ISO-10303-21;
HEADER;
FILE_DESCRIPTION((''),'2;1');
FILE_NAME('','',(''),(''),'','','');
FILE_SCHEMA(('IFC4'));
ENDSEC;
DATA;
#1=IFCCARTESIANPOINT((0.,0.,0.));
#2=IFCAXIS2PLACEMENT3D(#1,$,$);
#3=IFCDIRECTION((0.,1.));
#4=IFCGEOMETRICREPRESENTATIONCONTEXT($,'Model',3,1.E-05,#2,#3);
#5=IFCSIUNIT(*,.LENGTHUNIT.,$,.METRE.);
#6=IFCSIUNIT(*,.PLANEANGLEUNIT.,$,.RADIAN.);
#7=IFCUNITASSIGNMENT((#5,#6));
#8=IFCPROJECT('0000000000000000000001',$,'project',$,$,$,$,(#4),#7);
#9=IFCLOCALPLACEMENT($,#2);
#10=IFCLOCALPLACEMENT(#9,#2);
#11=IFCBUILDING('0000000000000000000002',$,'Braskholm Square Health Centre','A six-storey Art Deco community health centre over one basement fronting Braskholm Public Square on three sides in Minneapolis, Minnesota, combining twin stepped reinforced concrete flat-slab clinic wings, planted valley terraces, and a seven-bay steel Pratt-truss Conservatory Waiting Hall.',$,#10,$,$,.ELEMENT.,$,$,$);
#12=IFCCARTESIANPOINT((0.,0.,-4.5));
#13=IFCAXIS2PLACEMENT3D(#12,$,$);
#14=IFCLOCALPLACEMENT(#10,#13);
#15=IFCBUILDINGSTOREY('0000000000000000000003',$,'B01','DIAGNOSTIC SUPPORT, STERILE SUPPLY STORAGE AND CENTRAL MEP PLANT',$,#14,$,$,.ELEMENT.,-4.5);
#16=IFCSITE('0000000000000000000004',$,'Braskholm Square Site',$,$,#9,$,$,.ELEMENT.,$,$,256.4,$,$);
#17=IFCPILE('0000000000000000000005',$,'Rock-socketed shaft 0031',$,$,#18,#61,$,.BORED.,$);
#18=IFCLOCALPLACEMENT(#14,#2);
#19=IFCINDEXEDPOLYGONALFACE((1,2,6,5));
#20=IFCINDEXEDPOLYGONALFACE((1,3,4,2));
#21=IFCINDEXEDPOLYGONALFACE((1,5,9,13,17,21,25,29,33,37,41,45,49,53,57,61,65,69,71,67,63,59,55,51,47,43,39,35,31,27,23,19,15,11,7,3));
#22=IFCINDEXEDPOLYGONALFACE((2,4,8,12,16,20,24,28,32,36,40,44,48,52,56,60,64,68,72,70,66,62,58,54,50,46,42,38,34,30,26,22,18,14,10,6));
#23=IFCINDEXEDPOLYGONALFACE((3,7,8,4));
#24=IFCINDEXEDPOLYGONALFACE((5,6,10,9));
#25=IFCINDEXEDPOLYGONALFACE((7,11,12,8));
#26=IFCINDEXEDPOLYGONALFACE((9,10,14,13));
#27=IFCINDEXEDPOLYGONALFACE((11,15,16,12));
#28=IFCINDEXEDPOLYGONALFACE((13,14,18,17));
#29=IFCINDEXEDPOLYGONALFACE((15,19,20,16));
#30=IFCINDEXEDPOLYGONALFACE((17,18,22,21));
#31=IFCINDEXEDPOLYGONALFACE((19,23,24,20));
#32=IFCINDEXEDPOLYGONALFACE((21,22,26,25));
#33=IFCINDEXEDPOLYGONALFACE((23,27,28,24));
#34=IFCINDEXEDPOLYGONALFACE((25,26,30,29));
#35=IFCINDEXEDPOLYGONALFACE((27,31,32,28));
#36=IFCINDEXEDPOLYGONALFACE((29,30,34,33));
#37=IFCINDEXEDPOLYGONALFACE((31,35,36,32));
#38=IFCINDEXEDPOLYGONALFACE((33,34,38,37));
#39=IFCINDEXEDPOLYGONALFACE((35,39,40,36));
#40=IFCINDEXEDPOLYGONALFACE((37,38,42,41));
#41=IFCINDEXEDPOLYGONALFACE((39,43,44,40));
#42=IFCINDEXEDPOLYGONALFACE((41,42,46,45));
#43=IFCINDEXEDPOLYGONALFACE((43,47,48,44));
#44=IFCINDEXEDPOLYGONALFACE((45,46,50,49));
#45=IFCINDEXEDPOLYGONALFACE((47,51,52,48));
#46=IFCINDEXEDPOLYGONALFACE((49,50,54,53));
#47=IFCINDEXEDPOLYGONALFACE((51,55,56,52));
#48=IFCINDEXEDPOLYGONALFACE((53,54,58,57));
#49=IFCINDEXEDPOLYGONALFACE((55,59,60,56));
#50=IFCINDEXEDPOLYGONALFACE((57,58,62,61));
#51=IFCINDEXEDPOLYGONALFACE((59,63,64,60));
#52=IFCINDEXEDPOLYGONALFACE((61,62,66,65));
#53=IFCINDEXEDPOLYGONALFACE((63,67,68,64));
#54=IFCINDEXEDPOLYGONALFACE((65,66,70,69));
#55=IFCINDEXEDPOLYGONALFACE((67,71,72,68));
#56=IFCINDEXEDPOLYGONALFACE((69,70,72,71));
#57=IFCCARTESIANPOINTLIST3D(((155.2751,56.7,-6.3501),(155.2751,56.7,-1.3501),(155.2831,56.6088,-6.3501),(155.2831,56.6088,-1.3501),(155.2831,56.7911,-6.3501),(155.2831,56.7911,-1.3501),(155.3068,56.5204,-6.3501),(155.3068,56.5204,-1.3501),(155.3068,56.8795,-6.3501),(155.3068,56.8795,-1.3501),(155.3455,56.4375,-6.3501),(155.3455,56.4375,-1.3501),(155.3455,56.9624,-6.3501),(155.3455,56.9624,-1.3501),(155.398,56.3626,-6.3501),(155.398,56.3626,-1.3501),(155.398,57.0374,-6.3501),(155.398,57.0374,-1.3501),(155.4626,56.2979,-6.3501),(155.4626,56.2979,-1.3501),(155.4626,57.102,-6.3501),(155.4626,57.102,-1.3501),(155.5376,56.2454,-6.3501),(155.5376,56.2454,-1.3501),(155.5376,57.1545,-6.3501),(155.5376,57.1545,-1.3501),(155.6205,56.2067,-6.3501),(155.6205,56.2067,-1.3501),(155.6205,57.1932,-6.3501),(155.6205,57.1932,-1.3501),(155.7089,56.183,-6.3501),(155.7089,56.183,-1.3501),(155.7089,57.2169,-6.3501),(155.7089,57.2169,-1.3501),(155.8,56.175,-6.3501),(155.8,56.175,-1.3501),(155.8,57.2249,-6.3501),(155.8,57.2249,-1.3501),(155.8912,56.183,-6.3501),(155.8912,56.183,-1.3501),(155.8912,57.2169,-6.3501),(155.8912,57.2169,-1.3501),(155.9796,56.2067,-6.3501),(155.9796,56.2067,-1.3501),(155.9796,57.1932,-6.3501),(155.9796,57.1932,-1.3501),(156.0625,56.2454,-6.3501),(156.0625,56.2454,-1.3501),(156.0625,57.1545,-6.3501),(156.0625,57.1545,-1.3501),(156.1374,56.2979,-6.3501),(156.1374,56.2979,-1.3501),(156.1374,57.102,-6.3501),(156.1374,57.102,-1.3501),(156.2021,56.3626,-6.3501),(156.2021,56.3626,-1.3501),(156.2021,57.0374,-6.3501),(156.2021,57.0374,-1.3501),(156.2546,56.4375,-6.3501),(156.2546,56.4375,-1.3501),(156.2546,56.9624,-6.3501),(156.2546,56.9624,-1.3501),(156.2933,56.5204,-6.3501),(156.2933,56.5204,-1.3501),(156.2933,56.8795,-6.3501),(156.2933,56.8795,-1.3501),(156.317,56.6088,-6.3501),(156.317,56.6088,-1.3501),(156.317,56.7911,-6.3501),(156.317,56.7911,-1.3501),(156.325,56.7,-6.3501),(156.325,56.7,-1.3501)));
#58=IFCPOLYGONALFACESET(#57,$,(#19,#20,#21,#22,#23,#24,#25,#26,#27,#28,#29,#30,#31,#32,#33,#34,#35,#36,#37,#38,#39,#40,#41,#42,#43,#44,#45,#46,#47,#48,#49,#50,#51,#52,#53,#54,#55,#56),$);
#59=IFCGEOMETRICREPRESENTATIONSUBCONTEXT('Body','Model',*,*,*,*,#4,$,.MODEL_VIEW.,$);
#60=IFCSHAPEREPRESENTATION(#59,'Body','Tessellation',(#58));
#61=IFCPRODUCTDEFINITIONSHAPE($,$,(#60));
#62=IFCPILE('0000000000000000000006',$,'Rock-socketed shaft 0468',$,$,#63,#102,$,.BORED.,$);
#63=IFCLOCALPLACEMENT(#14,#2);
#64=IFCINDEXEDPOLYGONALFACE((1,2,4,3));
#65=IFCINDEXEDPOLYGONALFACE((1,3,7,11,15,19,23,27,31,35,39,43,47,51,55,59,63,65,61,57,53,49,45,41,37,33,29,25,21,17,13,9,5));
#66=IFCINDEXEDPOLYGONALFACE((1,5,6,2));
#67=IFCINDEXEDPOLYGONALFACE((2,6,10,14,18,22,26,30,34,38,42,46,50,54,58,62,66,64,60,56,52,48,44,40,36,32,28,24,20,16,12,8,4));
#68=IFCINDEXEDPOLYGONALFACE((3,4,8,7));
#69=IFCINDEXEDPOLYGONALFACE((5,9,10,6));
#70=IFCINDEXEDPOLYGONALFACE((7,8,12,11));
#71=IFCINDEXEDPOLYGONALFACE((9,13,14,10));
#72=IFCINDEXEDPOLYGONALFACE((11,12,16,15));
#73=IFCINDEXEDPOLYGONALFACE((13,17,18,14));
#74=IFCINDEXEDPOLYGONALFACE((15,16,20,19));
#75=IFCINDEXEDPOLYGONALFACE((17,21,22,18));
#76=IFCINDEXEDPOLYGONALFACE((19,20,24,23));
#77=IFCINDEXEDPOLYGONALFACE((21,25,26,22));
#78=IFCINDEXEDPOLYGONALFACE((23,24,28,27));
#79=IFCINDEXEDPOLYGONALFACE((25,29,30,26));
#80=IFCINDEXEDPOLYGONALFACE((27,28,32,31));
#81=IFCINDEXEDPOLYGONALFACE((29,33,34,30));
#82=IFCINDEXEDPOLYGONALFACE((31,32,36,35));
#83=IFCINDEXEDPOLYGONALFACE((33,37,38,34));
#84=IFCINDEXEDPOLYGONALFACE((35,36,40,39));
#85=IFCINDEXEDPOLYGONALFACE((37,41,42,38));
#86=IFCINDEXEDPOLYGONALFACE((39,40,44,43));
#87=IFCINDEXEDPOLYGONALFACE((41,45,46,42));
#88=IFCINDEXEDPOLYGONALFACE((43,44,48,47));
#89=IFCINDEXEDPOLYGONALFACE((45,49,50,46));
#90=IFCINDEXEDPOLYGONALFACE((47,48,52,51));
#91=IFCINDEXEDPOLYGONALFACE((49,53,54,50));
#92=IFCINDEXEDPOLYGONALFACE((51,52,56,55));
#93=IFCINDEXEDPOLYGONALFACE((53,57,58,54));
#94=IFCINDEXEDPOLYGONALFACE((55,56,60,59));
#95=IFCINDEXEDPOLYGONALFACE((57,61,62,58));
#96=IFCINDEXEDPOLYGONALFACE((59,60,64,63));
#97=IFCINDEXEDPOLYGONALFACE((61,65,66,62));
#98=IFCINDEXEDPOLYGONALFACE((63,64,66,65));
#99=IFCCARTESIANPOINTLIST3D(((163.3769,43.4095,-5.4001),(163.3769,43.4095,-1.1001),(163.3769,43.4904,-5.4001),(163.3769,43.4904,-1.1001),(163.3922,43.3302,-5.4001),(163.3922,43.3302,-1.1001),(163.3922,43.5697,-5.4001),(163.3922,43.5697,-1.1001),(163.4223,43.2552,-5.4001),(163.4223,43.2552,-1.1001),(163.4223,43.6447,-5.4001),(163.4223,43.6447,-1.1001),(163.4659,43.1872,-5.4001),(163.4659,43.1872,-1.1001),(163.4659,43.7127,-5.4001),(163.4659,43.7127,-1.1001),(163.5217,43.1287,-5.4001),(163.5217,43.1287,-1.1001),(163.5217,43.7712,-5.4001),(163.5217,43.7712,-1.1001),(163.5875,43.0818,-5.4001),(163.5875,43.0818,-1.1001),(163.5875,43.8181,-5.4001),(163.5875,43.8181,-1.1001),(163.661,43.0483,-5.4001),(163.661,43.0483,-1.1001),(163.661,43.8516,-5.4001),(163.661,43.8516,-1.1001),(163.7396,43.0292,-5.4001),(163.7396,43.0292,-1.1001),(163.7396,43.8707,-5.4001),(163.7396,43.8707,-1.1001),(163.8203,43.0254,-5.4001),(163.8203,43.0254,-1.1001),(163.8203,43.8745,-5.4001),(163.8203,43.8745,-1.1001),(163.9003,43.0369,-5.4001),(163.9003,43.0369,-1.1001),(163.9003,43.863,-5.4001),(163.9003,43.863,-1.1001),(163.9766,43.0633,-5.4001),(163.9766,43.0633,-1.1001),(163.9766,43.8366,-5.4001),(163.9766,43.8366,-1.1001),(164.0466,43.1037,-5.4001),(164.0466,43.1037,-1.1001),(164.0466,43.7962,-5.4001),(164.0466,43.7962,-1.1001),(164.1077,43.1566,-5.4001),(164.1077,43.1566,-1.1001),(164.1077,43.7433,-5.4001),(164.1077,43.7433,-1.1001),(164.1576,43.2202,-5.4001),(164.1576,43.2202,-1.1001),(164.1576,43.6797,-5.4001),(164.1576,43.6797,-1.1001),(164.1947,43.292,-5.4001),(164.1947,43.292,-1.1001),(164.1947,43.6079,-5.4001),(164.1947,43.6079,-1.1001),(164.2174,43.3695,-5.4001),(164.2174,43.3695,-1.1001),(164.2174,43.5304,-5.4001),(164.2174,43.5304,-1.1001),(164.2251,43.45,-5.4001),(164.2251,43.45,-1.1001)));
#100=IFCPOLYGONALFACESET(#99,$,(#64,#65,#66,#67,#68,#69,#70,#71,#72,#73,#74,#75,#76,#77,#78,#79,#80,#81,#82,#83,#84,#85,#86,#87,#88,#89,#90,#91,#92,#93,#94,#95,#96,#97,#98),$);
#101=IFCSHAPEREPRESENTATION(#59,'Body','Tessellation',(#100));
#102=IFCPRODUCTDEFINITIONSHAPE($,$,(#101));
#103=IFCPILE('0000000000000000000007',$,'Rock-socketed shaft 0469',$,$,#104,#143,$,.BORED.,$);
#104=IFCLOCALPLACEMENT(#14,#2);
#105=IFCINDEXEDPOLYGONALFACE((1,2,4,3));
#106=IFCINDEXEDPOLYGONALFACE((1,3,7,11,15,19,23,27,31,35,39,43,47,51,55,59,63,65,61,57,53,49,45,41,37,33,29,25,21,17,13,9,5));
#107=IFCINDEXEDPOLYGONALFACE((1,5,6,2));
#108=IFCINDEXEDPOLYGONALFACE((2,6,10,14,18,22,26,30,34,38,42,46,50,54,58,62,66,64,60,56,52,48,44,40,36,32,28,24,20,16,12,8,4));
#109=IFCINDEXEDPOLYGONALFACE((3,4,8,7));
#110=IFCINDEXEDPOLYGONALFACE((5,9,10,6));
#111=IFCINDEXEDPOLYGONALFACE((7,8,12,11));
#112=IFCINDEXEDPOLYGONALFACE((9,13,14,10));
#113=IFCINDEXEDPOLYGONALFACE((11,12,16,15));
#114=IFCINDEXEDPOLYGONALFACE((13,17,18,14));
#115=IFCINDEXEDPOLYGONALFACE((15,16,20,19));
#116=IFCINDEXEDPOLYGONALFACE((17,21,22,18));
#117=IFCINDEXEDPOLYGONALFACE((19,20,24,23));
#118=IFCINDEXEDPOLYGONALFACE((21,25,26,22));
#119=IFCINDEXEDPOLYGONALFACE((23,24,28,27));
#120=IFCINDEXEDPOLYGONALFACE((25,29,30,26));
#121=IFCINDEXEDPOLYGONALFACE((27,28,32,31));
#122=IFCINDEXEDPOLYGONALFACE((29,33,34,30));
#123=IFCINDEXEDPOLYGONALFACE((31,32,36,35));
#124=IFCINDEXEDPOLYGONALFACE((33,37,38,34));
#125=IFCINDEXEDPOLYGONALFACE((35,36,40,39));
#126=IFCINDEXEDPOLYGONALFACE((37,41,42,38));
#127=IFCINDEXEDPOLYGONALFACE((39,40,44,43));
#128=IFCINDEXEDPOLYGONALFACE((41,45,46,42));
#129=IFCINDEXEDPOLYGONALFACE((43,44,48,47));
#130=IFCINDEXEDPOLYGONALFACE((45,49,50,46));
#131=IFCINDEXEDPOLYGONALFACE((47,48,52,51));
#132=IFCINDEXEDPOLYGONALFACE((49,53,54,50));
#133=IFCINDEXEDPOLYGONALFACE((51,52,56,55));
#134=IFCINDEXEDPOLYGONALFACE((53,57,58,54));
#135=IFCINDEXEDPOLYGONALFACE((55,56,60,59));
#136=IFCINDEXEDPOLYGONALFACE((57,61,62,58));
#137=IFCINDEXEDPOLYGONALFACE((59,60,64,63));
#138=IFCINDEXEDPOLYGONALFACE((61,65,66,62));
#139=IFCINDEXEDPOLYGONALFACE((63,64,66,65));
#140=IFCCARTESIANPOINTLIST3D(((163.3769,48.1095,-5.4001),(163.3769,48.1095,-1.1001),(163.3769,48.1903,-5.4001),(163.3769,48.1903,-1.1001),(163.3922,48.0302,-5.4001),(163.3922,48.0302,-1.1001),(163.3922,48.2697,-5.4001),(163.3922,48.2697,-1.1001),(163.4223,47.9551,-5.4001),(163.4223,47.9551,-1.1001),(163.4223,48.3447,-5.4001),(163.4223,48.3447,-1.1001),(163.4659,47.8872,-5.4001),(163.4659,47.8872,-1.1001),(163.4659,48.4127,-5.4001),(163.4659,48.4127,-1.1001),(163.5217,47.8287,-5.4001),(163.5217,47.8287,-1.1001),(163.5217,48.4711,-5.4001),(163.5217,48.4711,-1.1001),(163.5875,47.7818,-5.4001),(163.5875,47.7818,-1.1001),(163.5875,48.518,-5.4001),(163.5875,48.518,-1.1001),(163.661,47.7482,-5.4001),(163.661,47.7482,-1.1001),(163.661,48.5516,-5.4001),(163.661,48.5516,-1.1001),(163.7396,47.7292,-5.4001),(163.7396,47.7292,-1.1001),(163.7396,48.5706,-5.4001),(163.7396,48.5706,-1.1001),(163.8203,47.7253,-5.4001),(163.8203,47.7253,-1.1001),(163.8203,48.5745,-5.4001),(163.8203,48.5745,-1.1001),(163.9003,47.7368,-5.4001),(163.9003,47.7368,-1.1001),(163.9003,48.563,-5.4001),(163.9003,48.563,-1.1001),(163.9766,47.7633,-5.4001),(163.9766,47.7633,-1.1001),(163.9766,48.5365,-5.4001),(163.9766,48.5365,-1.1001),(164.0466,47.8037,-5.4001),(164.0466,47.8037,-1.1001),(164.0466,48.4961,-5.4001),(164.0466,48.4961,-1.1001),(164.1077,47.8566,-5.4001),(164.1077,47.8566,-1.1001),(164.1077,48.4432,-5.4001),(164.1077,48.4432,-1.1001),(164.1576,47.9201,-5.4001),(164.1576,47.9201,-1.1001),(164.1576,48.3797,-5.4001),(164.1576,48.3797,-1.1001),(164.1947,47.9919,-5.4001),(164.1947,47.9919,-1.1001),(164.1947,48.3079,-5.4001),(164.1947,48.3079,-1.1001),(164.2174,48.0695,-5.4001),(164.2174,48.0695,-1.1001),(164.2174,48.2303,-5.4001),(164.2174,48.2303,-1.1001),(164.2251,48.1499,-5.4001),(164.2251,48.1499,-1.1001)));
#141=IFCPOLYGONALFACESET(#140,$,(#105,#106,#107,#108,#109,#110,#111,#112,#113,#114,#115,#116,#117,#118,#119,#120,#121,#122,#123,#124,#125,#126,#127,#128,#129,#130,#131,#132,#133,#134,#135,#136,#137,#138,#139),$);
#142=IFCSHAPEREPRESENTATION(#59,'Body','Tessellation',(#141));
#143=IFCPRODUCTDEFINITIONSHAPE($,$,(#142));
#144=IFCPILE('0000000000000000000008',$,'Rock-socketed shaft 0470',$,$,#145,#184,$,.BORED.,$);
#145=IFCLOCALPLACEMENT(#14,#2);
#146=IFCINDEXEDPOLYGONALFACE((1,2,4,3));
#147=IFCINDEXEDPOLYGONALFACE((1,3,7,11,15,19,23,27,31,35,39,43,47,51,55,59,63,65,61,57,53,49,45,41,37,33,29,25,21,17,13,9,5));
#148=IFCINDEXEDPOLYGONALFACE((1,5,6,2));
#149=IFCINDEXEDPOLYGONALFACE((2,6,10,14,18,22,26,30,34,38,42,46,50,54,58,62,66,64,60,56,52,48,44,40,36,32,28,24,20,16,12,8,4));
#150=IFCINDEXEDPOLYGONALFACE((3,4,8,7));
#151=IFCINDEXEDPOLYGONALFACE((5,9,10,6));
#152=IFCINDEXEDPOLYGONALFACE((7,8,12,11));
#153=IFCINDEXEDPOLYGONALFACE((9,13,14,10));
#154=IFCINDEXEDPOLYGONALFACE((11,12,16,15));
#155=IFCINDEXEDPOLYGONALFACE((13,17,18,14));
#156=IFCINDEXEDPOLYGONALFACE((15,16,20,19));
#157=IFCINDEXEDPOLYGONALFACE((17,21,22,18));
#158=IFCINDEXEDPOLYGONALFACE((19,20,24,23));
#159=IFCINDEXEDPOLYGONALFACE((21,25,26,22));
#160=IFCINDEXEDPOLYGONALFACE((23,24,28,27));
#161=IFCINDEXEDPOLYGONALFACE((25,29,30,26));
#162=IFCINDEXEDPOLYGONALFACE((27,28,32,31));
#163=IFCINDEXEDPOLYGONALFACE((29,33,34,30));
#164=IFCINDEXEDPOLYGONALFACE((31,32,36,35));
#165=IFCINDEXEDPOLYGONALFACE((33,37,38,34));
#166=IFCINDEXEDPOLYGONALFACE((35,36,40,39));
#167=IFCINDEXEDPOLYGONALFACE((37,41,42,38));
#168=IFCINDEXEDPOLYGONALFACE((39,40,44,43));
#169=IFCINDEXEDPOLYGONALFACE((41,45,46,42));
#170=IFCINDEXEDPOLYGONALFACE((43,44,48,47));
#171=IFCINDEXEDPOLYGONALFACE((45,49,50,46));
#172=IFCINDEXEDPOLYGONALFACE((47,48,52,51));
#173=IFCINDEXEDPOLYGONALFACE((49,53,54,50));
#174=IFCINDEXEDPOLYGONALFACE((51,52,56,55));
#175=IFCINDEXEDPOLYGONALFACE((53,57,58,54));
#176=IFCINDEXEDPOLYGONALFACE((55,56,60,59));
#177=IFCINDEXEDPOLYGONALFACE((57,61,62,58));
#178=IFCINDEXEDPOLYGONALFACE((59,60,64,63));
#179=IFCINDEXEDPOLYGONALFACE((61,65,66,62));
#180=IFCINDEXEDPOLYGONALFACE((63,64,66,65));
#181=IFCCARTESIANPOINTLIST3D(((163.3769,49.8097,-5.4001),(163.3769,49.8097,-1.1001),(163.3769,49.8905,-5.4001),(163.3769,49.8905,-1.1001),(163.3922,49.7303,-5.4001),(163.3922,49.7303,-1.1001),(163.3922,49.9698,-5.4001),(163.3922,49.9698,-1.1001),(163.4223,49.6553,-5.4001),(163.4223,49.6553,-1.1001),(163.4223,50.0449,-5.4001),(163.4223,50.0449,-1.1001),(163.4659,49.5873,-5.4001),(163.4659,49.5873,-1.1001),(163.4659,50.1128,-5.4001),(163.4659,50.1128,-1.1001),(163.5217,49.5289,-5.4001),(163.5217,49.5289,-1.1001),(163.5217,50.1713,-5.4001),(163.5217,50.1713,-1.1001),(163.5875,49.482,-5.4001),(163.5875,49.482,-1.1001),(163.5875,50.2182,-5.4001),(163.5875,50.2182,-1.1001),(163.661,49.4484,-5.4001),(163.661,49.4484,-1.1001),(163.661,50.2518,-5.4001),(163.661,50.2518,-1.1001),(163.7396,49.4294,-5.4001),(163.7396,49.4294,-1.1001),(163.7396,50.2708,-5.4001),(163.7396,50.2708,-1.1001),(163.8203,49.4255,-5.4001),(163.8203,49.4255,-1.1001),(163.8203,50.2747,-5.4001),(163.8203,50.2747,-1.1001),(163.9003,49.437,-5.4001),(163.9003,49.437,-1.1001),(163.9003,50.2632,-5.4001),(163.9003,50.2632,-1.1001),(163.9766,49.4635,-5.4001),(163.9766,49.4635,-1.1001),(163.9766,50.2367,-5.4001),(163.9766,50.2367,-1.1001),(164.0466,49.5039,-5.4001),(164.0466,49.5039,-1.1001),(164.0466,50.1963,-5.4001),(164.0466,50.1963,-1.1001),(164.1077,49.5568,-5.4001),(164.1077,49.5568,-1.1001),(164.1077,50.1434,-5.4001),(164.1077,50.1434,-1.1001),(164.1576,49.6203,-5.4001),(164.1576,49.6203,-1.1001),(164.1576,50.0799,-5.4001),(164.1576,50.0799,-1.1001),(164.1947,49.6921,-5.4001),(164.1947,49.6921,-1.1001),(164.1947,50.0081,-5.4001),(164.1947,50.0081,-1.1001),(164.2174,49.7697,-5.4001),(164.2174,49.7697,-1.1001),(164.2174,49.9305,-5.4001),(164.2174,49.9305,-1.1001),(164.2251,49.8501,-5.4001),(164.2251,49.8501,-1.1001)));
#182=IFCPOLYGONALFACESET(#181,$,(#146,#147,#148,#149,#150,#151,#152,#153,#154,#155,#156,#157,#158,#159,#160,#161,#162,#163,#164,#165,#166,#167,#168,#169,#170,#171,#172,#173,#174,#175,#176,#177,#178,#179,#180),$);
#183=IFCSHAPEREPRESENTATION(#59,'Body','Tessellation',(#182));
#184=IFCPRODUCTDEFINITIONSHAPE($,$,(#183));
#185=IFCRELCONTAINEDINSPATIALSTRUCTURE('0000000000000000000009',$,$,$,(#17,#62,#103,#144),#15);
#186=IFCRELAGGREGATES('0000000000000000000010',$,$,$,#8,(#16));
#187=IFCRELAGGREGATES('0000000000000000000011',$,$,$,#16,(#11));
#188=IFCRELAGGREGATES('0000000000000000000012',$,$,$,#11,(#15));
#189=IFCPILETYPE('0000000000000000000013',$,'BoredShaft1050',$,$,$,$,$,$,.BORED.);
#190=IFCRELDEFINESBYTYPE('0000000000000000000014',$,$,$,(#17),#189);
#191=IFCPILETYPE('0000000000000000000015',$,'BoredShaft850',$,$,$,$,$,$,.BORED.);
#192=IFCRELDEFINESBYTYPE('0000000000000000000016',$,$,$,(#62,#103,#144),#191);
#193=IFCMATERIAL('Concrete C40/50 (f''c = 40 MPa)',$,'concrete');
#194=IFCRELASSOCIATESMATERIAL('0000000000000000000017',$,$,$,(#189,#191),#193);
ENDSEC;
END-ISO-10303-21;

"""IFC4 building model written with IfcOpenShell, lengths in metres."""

from ifc_helpers import new_model, si_unit, direction, frame, origin, origin_2d, place, context, subcontext, project, spatial, circle, extrude, material, material_profile, profile_set, type_object, element, save


model = new_model("IFC4")

# Units and contexts
model_context = context("Model", 3, precision=1e-05, world=origin(), true_north=direction((0.0, 1.0)))
body_context = subcontext(model_context, "Body", "Model", "MODEL_VIEW")
ifc_project = project(units=[si_unit("LENGTHUNIT", "METRE"), si_unit("PLANEANGLEUNIT", "RADIAN")], contexts=[model_context])

# Site, building, storey
site_placement = place(None, origin())
site = spatial("IfcSite", under=ifc_project, at=site_placement, Name="Braskholm Square Site", CompositionType="ELEMENT", RefElevation=256.4)
building_placement = place(site_placement, origin())
building = spatial("IfcBuilding", under=site, at=building_placement, Name="Braskholm Square Health Centre", Description="A six-storey Art Deco community health centre over one basement fronting Braskholm Public Square on three sides in Minneapolis, Minnesota, combining twin stepped reinforced concrete flat-slab clinic wings, planted valley terraces, and a seven-bay steel Pratt-truss Conservatory Waiting Hall.", CompositionType="ELEMENT")
storey_placement = place(building_placement, frame((0.0, 0.0, -4.5)))
storey = spatial("IfcBuildingStorey", under=building, at=storey_placement, Name="B01", Description="DIAGNOSTIC SUPPORT, STERILE SUPPLY STORAGE AND CENTRAL MEP PLANT", CompositionType="ELEMENT", Elevation=-4.5)

# Piles
ifc_material_1 = material(Name="Concrete C40/50 (f'c = 40 MPa)", Category="concrete")
ifc_material_profile_1 = material_profile(ifc_material_1, circle(Radius=0.5249, at=origin_2d()), Name="BORED-PILE-1050")
ifc_profile_set_1 = profile_set([ifc_material_profile_1], Name="Concrete C40/50 (f'c = 40 MPa)")
pile_type_1 = type_object("IfcPileType", Name="BoredShaft1050", PredefinedType="BORED", material=ifc_profile_set_1)
for number, where, z_axis, x_axis, name in (
    (1, (155.8, 56.7, -1.3501), (0.0, 0.0, -1.0), (1.0, 0.0, 0.0), "Rock-socketed shaft 0031"),
):
    element("IfcPile", number, at=place(storey_placement, frame(where, z_axis=z_axis, x_axis=x_axis)), inside=storey, type_object=pile_type_1, Name=name, PredefinedType="BORED", context=body_context, shape_type="SweptSolid", body=[
        extrude(circle(Radius=0.5249, at=origin_2d()), origin(), (0.0, 0.0, 1.0), 5.0),
    ])
ifc_material_profile_2 = material_profile(ifc_material_1, circle(Radius=0.425, at=origin_2d()), Name="BORED-PILE-850")
ifc_profile_set_2 = profile_set([ifc_material_profile_2], Name="Concrete C40/50 (f'c = 40 MPa)")
pile_type_2 = type_object("IfcPileType", Name="BoredShaft850", PredefinedType="BORED", material=ifc_profile_set_2)
for number, where, z_axis, x_axis, name in (
    (2, (163.8, 43.45, -1.1001), (0.0, 0.0, -1.0), (1.0, 0.0, 0.0), "Rock-socketed shaft 0468"),
    (3, (163.8, 48.1499, -1.1001), (0.0, 0.0, -1.0), (1.0, 0.0, 0.0), "Rock-socketed shaft 0469"),
    (4, (163.8, 49.8501, -1.1001), (0.0, 0.0, -1.0), (1.0, 0.0, 0.0), "Rock-socketed shaft 0470"),
):
    element("IfcPile", number, at=place(storey_placement, frame(where, z_axis=z_axis, x_axis=x_axis)), inside=storey, type_object=pile_type_2, Name=name, PredefinedType="BORED", context=body_context, shape_type="SweptSolid", body=[
        extrude(circle(Radius=0.425, at=origin_2d()), origin(), (0.0, 0.0, 1.0), 4.3),
    ])

save(model, "model.ifc")
